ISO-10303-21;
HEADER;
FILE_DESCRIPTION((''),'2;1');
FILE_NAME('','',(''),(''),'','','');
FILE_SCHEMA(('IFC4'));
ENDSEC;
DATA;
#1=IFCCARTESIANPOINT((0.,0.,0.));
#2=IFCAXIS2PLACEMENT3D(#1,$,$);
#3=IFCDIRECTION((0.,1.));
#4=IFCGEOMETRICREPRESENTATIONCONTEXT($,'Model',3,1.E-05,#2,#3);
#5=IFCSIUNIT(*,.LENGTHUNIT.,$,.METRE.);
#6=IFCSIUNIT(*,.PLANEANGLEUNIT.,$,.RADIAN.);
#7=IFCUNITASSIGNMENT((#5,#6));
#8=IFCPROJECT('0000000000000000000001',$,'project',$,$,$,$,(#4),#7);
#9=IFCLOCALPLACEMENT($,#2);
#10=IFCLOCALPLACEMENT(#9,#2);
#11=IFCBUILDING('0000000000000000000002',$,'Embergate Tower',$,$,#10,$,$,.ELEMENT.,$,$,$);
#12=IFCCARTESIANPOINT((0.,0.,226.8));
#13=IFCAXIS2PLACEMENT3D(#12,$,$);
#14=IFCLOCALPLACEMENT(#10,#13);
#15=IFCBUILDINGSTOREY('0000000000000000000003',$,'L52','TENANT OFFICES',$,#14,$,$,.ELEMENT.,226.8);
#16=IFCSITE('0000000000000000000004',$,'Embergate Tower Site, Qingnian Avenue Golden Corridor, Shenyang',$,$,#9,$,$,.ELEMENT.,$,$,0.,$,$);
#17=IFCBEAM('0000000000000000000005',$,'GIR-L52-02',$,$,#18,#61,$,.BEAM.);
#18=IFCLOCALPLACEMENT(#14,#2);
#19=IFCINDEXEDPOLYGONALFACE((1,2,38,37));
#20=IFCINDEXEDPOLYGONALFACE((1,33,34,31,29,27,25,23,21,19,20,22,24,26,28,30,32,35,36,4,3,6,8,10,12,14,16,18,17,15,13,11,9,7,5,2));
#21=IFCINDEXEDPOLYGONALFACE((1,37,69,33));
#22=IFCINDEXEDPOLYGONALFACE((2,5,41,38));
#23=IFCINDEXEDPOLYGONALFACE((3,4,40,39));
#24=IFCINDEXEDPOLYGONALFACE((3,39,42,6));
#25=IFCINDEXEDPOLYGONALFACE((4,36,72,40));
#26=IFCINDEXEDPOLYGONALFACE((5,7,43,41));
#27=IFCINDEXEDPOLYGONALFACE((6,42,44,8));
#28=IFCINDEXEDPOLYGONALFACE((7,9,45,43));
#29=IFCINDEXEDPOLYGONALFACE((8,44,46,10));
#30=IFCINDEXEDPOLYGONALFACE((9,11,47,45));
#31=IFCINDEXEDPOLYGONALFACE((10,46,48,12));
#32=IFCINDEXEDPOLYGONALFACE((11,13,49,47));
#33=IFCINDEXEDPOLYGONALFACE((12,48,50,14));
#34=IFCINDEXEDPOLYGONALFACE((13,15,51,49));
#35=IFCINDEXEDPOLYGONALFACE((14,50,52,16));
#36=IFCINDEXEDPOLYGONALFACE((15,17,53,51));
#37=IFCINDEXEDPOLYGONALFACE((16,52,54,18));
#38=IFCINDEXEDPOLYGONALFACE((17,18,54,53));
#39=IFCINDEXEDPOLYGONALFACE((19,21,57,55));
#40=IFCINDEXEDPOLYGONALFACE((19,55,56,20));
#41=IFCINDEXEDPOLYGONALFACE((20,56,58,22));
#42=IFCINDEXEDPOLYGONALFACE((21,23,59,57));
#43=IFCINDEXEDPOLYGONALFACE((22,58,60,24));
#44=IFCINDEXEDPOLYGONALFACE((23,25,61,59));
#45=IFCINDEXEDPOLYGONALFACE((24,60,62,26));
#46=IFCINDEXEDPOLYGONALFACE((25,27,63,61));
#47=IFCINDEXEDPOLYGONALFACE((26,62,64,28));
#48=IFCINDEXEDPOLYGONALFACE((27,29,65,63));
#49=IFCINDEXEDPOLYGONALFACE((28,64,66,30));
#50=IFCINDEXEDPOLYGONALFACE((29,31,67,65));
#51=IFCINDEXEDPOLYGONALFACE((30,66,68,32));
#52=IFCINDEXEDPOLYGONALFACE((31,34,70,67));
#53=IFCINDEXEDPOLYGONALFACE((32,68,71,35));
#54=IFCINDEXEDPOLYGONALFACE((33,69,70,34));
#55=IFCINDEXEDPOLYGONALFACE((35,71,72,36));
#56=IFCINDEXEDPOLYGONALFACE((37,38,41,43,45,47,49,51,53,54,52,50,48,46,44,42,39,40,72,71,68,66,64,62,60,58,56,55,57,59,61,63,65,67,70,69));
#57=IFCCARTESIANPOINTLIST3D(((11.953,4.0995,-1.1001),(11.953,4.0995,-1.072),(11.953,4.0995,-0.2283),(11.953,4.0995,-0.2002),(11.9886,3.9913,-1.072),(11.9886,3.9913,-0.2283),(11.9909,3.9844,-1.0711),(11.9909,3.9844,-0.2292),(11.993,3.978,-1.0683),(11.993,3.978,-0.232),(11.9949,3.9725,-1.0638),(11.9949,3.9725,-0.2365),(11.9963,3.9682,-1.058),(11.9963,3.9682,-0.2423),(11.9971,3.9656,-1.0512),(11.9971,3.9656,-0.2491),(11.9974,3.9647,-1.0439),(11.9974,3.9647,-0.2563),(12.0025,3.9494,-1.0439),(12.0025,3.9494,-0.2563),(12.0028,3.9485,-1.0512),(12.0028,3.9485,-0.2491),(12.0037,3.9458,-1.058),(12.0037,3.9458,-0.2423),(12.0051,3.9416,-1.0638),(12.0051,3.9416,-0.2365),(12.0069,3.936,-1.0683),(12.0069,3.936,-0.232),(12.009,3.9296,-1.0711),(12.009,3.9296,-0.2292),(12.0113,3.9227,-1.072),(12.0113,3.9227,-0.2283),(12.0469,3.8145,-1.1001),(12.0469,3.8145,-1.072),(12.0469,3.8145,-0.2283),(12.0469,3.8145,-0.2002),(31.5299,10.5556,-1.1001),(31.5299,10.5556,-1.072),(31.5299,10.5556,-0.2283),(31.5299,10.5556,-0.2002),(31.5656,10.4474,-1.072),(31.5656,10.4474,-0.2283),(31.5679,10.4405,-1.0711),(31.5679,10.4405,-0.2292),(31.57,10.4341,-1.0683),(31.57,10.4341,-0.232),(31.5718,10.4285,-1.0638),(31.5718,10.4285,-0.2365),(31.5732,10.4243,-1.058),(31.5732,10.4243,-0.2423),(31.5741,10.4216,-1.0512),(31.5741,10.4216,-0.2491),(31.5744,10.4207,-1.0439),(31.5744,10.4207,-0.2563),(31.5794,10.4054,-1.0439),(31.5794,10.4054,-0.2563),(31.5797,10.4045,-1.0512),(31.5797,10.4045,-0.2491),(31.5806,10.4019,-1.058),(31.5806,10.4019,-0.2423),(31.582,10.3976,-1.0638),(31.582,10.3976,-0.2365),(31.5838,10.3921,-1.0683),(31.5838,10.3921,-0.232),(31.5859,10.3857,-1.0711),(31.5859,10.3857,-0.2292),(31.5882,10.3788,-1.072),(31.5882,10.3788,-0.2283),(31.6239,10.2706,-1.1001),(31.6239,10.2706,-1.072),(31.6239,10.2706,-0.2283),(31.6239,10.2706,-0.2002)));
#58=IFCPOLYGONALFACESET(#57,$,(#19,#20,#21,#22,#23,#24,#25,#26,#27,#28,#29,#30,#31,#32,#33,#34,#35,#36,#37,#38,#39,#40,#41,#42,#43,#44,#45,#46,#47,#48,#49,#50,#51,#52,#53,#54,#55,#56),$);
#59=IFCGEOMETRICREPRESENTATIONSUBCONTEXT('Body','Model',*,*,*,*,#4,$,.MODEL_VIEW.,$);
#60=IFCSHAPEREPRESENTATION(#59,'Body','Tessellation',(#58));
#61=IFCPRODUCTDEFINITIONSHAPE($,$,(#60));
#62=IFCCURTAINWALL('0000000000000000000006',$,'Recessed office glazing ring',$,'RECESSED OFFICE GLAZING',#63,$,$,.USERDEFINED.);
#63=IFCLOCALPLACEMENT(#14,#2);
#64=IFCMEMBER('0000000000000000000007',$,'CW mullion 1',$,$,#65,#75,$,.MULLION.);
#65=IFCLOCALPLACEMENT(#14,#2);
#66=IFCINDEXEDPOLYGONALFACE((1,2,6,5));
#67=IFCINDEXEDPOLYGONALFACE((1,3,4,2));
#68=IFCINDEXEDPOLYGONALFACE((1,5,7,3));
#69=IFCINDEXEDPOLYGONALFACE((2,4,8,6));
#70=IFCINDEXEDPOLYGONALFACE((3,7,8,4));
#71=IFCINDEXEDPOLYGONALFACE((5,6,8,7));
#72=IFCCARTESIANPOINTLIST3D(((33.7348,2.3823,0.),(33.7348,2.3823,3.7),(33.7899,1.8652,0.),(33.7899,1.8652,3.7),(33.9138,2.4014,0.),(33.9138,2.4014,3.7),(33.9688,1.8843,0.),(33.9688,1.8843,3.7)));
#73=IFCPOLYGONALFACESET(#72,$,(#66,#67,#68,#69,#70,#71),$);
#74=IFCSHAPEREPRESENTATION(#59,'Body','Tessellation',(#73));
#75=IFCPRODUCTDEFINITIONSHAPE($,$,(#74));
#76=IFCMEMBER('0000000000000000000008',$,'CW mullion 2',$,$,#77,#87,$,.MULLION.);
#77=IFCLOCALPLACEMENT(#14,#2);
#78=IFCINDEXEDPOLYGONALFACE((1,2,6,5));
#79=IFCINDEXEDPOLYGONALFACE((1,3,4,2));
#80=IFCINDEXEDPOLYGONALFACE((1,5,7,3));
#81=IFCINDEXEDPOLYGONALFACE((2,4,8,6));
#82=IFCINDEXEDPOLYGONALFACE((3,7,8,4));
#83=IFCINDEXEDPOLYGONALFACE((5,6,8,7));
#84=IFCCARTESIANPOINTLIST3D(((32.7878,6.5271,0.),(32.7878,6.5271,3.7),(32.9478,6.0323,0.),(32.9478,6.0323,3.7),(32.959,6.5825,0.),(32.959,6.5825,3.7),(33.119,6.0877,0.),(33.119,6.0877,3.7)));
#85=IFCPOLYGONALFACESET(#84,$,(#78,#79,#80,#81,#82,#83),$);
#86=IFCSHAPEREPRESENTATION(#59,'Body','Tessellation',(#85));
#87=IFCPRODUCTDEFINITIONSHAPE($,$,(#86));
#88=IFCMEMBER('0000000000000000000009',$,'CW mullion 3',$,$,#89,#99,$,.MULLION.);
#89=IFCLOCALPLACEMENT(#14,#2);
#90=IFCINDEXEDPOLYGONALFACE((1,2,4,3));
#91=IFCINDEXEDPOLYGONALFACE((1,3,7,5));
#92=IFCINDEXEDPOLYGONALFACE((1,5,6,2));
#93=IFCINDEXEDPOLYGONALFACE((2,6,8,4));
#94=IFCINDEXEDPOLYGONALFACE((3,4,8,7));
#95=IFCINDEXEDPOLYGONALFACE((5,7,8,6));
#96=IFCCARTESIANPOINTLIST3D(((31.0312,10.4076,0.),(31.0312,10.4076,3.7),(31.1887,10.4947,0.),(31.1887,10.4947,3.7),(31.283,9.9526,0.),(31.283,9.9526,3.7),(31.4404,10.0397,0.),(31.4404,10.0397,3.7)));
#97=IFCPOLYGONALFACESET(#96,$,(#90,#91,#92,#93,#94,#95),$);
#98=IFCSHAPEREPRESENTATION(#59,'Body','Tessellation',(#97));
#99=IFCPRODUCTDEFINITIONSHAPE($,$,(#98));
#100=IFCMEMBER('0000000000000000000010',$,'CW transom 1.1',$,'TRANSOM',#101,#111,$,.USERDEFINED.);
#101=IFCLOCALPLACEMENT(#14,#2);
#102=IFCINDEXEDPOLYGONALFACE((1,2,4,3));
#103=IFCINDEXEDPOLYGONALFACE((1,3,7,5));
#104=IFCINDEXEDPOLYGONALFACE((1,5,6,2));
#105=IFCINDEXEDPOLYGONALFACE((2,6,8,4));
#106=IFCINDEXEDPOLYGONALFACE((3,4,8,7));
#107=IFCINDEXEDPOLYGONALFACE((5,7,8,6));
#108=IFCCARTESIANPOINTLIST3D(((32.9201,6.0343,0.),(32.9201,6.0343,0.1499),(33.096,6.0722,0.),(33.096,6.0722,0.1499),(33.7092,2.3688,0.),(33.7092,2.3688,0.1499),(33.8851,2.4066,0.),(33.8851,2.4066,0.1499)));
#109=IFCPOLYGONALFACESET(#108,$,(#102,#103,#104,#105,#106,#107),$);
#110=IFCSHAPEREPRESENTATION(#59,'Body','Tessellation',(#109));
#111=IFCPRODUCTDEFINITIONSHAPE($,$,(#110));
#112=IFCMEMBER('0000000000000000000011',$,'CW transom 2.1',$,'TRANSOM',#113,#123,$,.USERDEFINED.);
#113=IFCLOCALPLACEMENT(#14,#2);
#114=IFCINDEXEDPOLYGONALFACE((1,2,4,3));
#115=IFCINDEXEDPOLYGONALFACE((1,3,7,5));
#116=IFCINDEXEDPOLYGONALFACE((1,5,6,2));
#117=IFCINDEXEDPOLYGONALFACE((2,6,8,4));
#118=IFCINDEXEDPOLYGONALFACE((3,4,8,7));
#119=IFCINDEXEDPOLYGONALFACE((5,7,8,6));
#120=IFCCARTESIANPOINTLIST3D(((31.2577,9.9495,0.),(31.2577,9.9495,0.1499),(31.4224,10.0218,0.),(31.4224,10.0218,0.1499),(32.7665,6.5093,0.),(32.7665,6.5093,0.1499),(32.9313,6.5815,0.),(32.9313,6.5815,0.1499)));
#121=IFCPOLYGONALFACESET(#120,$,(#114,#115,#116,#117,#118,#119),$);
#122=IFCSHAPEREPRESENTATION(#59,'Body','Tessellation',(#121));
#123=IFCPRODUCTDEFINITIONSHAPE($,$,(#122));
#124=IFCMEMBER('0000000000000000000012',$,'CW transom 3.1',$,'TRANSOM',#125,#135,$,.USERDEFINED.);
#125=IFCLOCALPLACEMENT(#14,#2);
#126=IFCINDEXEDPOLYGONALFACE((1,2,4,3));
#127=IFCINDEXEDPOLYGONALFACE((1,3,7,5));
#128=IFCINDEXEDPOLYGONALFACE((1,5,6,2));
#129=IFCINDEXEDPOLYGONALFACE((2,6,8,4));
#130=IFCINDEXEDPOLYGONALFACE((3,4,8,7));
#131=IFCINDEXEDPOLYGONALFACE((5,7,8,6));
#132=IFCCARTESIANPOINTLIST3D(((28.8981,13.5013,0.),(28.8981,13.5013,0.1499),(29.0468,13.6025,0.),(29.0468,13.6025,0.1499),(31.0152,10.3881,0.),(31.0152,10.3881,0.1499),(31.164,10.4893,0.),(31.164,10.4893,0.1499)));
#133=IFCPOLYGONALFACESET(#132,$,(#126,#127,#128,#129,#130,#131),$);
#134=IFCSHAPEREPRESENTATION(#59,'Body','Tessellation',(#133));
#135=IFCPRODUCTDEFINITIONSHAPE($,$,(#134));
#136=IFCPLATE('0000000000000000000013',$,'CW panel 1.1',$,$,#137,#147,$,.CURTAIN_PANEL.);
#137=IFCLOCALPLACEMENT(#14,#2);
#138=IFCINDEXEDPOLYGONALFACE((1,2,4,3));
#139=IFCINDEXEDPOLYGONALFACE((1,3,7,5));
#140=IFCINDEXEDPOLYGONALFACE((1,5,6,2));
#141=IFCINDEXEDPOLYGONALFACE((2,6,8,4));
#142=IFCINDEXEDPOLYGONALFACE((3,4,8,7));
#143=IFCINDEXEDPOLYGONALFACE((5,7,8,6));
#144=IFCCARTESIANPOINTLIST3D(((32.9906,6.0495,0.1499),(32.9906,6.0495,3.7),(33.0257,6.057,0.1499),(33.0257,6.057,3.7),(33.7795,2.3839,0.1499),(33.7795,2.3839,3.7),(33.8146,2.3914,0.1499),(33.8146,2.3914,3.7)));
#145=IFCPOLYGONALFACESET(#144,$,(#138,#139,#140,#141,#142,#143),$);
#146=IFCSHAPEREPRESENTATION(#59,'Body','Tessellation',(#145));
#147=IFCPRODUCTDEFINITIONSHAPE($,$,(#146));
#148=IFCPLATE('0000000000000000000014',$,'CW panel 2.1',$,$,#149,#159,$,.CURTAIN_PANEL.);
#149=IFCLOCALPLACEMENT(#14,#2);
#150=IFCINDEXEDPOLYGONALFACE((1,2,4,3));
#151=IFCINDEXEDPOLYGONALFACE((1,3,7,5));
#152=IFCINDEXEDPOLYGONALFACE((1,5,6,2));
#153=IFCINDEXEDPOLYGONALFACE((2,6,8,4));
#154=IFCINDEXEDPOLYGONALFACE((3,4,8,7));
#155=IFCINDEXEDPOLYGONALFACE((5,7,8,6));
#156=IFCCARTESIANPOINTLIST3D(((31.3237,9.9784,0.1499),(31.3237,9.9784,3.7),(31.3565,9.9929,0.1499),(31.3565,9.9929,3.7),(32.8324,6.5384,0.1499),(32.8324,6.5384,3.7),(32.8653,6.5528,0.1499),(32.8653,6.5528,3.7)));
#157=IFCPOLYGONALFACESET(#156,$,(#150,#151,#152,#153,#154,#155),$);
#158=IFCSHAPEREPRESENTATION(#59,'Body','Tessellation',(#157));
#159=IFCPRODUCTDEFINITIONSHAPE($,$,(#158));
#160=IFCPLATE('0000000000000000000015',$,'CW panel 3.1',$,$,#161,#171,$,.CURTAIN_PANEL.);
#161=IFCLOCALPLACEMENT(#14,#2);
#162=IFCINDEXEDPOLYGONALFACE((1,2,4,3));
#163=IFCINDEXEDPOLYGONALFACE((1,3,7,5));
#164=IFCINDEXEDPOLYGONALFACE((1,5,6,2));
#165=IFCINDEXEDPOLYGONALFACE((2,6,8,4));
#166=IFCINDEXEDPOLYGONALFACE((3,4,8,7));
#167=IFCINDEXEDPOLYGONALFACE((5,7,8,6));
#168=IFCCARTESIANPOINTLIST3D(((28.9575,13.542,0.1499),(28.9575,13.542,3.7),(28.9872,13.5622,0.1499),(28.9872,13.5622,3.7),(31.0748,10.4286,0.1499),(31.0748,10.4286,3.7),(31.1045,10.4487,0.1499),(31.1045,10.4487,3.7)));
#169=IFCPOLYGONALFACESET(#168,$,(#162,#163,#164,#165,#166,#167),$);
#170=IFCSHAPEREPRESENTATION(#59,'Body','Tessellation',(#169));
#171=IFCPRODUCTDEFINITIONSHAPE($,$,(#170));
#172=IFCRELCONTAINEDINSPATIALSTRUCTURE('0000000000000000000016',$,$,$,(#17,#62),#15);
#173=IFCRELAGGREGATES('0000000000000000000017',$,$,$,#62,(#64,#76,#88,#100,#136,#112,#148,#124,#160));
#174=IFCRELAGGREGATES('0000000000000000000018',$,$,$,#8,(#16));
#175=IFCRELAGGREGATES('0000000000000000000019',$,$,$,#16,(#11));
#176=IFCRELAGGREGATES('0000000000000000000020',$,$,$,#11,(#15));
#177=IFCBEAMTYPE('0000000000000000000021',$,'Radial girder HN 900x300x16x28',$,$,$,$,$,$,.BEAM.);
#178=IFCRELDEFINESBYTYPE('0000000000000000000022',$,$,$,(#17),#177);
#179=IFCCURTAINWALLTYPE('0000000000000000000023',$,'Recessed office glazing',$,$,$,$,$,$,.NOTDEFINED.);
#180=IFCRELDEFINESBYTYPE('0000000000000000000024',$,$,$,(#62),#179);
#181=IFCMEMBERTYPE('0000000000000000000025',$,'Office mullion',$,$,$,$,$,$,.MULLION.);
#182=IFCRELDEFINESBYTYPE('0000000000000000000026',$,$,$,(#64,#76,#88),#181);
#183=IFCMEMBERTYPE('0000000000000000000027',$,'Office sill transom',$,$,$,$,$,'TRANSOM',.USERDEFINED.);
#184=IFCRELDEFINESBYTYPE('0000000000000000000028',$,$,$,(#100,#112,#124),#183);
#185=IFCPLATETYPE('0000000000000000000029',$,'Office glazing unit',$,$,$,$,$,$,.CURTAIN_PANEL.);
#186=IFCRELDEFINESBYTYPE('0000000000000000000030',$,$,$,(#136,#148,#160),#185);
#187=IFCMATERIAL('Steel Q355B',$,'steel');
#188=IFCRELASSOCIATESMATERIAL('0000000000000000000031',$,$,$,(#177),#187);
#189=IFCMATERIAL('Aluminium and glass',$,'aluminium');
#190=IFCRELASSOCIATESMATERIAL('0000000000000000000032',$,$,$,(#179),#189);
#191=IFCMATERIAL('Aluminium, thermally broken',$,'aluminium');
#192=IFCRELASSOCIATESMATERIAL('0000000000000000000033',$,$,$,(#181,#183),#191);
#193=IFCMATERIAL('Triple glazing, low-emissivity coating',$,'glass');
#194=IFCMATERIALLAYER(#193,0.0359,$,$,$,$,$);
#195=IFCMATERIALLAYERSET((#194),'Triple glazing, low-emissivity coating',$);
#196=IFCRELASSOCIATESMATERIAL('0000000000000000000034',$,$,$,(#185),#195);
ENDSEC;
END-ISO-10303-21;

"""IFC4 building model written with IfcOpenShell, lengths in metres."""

from ifc_helpers import new_model, si_unit, direction, frame, origin, origin_2d, place, context, subcontext, project, spatial, rectangle, i_section, extrude, source, transform, mapped, material, layer, layer_set, material_profile, profile_set, type_object, element, aggregate, save


model = new_model("IFC4")

# Units and contexts
model_context = context("Model", 3, precision=1e-05, world=origin(), true_north=direction((0.0, 1.0)))
body_context = subcontext(model_context, "Body", "Model", "MODEL_VIEW")
ifc_project = project(units=[si_unit("LENGTHUNIT", "METRE"), si_unit("PLANEANGLEUNIT", "RADIAN")], contexts=[model_context])

# Site, building, storey
site_placement = place(None, origin())
site = spatial("IfcSite", under=ifc_project, at=site_placement, Name="Embergate Tower Site, Qingnian Avenue Golden Corridor, Shenyang", CompositionType="ELEMENT", RefElevation=0.0)
building_placement = place(site_placement, origin())
building = spatial("IfcBuilding", under=site, at=building_placement, Name="Embergate Tower", CompositionType="ELEMENT")
storey_placement = place(building_placement, frame((0.0, 0.0, 226.8)))
storey = spatial("IfcBuildingStorey", under=building, at=storey_placement, Name="L52", Description="TENANT OFFICES", CompositionType="ELEMENT", Elevation=226.8)

# Beam
ifc_material_1 = material(Name="Steel Q355B", Category="steel")
ifc_material_profile_1 = material_profile(ifc_material_1, i_section(OverallWidth=0.3, OverallDepth=0.8999, WebThickness=0.0161, FlangeThickness=0.0281, FilletRadius=0.0281, at=origin_2d()), Name="HN 900x300x16x28")
ifc_profile_set_1 = profile_set([ifc_material_profile_1], Name="Steel Q355 grade B")
beam_type_1 = type_object("IfcBeamType", Name="Radial girder HN 900x300x16x28", PredefinedType="BEAM", material=ifc_profile_set_1)
shared_shape_1 = source(origin(), body_context, "Body", "SweptSolid", [
    extrude(i_section(OverallWidth=0.3, OverallDepth=0.8999, WebThickness=0.0161, FlangeThickness=0.0281, FilletRadius=0.0281, at=origin_2d()), origin(), (0.0, 0.0, 1.0), 20.614),
])
beam_1_placement = place(storey_placement, frame((31.5769, 10.4131, -0.6501), z_axis=(-0.949691, -0.313188, 0.0), x_axis=(0.313188, -0.949691, 0.0)))
element("IfcBeam", 1, at=beam_1_placement, inside=storey, type_object=beam_type_1, Name="GIR-L52-02", PredefinedType="BEAM", context=body_context, shape_type="MappedRepresentation", body=[
    mapped(shared_shape_1, transform((0.0, 0.0, 0.0))),
])

# Curtain wall, members, plates
ifc_material_2 = material(Name="Aluminium and glass", Category="aluminium")
curtain_wall_type = type_object("IfcCurtainWallType", Name="Recessed office glazing", PredefinedType="NOTDEFINED", material=ifc_material_2)
curtain_wall_placement = place(storey_placement, origin())
curtain_wall = element("IfcCurtainWall", 2, at=curtain_wall_placement, inside=storey, type_object=curtain_wall_type, Name="Recessed office glazing ring", ObjectType="RECESSED OFFICE GLAZING", PredefinedType="USERDEFINED")
ifc_material_3 = material(Name="Aluminium, thermally broken", Category="aluminium")
ifc_material_profile_2 = material_profile(ifc_material_3, rectangle(XDim=0.1799, YDim=0.52, at=origin_2d()), Name="AL 520x180")
ifc_profile_set_2 = profile_set([ifc_material_profile_2], Name="Aluminium, thermally broken")
member_type_1 = type_object("IfcMemberType", Name="Office mullion", PredefinedType="MULLION", material=ifc_profile_set_2)
shared_shape_2 = source(origin(), body_context, "Body", "SweptSolid", [
    extrude(rectangle(XDim=0.1799, YDim=0.52, at=origin_2d()), origin(), (0.0, 0.0, 1.0), 3.7),
])
member_1_placement = place(storey_placement, frame((33.8518, 2.1333, 0.0), z_axis=(0.0, 0.0, 1.0), x_axis=(-0.994385, -0.105825, 0.0)))
member_1 = element("IfcMember", 3, at=member_1_placement, type_object=member_type_1, Name="CW mullion 1", PredefinedType="MULLION", context=body_context, shape_type="MappedRepresentation", body=[
    mapped(shared_shape_2, transform((0.0, 0.0, 0.0))),
])
member_2_placement = place(storey_placement, frame((32.9534, 6.3074, 0.0), z_axis=(0.0, 0.0, 1.0), x_axis=(-0.951497, -0.307657, 0.0)))
member_2 = element("IfcMember", 4, at=member_2_placement, type_object=member_type_1, Name="CW mullion 2", PredefinedType="MULLION", context=body_context, shape_type="MappedRepresentation", body=[
    mapped(shared_shape_2, transform((0.0, 0.0, 0.0))),
])
member_3_placement = place(storey_placement, frame((31.2358, 10.2236, 0.0), z_axis=(0.0, 0.0, 1.0), x_axis=(-0.875001, -0.484121, 0.0)))
member_3 = element("IfcMember", 5, at=member_3_placement, type_object=member_type_1, Name="CW mullion 3", PredefinedType="MULLION", context=body_context, shape_type="MappedRepresentation", body=[
    mapped(shared_shape_2, transform((0.0, 0.0, 0.0))),
])
ifc_material_profile_3 = material_profile(ifc_material_3, rectangle(XDim=0.1799, YDim=0.1499, at=origin_2d()), Name="AL 150x180")
ifc_profile_set_3 = profile_set([ifc_material_profile_3], Name="Aluminium, thermally broken")
member_type_2 = type_object("IfcMemberType", Name="Office sill transom", ElementType="TRANSOM", PredefinedType="USERDEFINED", material=ifc_profile_set_3)
shared_shape_3 = source(origin(), body_context, "Body", "SweptSolid", [
    extrude(rectangle(XDim=0.1799, YDim=0.1499, at=origin_2d()), origin(), (0.0, 0.0, 1.0), 3.7495),
])
member_4_placement = place(storey_placement, frame((33.7971, 2.3877, 0.075), z_axis=(-0.210445, 0.977606, 0.0), x_axis=(-0.977606, -0.210445, 0.0)))
member_4 = element("IfcMember", 6, at=member_4_placement, type_object=member_type_2, Name="CW transom 1.1", ObjectType="TRANSOM", PredefinedType="USERDEFINED", context=body_context, shape_type="MappedRepresentation", body=[
    mapped(shared_shape_3, transform((0.0, 0.0, 0.0))),
])
shared_shape_4 = source(origin(), body_context, "Body", "SweptSolid", [
    extrude(rectangle(XDim=0.1799, YDim=0.1499, at=origin_2d()), origin(), (0.0, 0.0, 1.0), 3.7566),
])
member_5_placement = place(storey_placement, frame((32.8489, 6.5454, 0.075), z_axis=(-0.401647, 0.915794, 0.0), x_axis=(-0.915794, -0.401647, 0.0)))
member_5 = element("IfcMember", 7, at=member_5_placement, type_object=member_type_2, Name="CW transom 2.1", ObjectType="TRANSOM", PredefinedType="USERDEFINED", context=body_context, shape_type="MappedRepresentation", body=[
    mapped(shared_shape_4, transform((0.0, 0.0, 0.0))),
])
shared_shape_5 = source(origin(), body_context, "Body", "SweptSolid", [
    extrude(rectangle(XDim=0.1799, YDim=0.1499, at=origin_2d()), origin(), (0.0, 0.0, 1.0), 3.7649),
])
member_6_placement = place(storey_placement, frame((31.0896, 10.4387, 0.075), z_axis=(-0.562338, 0.826907, 0.0), x_axis=(-0.826907, -0.562338, 0.0)))
member_6 = element("IfcMember", 8, at=member_6_placement, type_object=member_type_2, Name="CW transom 3.1", ObjectType="TRANSOM", PredefinedType="USERDEFINED", context=body_context, shape_type="MappedRepresentation", body=[
    mapped(shared_shape_5, transform((0.0, 0.0, 0.0))),
])
ifc_material_4 = material(Name="Triple glazing, low-emissivity coating", Category="glass")
ifc_layer_1 = layer(ifc_material_4, 0.0359)
ifc_layer_set_1 = layer_set([ifc_layer_1], Name="Triple glazing, low-emissivity coating")
plate_type = type_object("IfcPlateType", Name="Office glazing unit", PredefinedType="CURTAIN_PANEL", material=ifc_layer_set_1)
shared_shape_6 = source(origin(), body_context, "Body", "SweptSolid", [
    extrude(rectangle(XDim=3.7495, YDim=0.0359, at=origin_2d()), origin(), (0.0, 0.0, 1.0), 3.55),
])
plate_1_placement = place(storey_placement, frame((33.4026, 4.2205, 0.1499), z_axis=(0.0, 0.0, 1.0), x_axis=(-0.210397, 0.977616, 0.0)))
plate_1 = element("IfcPlate", 9, at=plate_1_placement, type_object=plate_type, Name="CW panel 1.1", PredefinedType="CURTAIN_PANEL", context=body_context, shape_type="MappedRepresentation", body=[
    mapped(shared_shape_6, transform((0.0, 0.0, 0.0))),
])
shared_shape_7 = source(origin(), body_context, "Body", "SweptSolid", [
    extrude(rectangle(XDim=3.7563, YDim=0.0359, at=origin_2d()), origin(), (0.0, 0.0, 1.0), 3.55),
])
plate_2_placement = place(storey_placement, frame((32.0945, 8.2656, 0.1499), z_axis=(0.0, 0.0, 1.0), x_axis=(-0.401649, 0.915794, 0.0)))
plate_2 = element("IfcPlate", 10, at=plate_2_placement, type_object=plate_type, Name="CW panel 2.1", PredefinedType="CURTAIN_PANEL", context=body_context, shape_type="MappedRepresentation", body=[
    mapped(shared_shape_7, transform((0.0, 0.0, 0.0))),
])
shared_shape_8 = source(origin(), body_context, "Body", "SweptSolid", [
    extrude(rectangle(XDim=3.7651, YDim=0.0359, at=origin_2d()), origin(), (0.0, 0.0, 1.0), 3.55),
])
plate_3_placement = place(storey_placement, frame((30.031, 11.9954, 0.1499), z_axis=(0.0, 0.0, 1.0), x_axis=(-0.562339, 0.826907, 0.0)))
plate_3 = element("IfcPlate", 11, at=plate_3_placement, type_object=plate_type, Name="CW panel 3.1", PredefinedType="CURTAIN_PANEL", context=body_context, shape_type="MappedRepresentation", body=[
    mapped(shared_shape_8, transform((0.0, 0.0, 0.0))),
])
aggregate(curtain_wall, [member_1, member_2, member_3, member_4, plate_1, member_5, plate_2, member_6, plate_3])

save(model, "model.ifc")
